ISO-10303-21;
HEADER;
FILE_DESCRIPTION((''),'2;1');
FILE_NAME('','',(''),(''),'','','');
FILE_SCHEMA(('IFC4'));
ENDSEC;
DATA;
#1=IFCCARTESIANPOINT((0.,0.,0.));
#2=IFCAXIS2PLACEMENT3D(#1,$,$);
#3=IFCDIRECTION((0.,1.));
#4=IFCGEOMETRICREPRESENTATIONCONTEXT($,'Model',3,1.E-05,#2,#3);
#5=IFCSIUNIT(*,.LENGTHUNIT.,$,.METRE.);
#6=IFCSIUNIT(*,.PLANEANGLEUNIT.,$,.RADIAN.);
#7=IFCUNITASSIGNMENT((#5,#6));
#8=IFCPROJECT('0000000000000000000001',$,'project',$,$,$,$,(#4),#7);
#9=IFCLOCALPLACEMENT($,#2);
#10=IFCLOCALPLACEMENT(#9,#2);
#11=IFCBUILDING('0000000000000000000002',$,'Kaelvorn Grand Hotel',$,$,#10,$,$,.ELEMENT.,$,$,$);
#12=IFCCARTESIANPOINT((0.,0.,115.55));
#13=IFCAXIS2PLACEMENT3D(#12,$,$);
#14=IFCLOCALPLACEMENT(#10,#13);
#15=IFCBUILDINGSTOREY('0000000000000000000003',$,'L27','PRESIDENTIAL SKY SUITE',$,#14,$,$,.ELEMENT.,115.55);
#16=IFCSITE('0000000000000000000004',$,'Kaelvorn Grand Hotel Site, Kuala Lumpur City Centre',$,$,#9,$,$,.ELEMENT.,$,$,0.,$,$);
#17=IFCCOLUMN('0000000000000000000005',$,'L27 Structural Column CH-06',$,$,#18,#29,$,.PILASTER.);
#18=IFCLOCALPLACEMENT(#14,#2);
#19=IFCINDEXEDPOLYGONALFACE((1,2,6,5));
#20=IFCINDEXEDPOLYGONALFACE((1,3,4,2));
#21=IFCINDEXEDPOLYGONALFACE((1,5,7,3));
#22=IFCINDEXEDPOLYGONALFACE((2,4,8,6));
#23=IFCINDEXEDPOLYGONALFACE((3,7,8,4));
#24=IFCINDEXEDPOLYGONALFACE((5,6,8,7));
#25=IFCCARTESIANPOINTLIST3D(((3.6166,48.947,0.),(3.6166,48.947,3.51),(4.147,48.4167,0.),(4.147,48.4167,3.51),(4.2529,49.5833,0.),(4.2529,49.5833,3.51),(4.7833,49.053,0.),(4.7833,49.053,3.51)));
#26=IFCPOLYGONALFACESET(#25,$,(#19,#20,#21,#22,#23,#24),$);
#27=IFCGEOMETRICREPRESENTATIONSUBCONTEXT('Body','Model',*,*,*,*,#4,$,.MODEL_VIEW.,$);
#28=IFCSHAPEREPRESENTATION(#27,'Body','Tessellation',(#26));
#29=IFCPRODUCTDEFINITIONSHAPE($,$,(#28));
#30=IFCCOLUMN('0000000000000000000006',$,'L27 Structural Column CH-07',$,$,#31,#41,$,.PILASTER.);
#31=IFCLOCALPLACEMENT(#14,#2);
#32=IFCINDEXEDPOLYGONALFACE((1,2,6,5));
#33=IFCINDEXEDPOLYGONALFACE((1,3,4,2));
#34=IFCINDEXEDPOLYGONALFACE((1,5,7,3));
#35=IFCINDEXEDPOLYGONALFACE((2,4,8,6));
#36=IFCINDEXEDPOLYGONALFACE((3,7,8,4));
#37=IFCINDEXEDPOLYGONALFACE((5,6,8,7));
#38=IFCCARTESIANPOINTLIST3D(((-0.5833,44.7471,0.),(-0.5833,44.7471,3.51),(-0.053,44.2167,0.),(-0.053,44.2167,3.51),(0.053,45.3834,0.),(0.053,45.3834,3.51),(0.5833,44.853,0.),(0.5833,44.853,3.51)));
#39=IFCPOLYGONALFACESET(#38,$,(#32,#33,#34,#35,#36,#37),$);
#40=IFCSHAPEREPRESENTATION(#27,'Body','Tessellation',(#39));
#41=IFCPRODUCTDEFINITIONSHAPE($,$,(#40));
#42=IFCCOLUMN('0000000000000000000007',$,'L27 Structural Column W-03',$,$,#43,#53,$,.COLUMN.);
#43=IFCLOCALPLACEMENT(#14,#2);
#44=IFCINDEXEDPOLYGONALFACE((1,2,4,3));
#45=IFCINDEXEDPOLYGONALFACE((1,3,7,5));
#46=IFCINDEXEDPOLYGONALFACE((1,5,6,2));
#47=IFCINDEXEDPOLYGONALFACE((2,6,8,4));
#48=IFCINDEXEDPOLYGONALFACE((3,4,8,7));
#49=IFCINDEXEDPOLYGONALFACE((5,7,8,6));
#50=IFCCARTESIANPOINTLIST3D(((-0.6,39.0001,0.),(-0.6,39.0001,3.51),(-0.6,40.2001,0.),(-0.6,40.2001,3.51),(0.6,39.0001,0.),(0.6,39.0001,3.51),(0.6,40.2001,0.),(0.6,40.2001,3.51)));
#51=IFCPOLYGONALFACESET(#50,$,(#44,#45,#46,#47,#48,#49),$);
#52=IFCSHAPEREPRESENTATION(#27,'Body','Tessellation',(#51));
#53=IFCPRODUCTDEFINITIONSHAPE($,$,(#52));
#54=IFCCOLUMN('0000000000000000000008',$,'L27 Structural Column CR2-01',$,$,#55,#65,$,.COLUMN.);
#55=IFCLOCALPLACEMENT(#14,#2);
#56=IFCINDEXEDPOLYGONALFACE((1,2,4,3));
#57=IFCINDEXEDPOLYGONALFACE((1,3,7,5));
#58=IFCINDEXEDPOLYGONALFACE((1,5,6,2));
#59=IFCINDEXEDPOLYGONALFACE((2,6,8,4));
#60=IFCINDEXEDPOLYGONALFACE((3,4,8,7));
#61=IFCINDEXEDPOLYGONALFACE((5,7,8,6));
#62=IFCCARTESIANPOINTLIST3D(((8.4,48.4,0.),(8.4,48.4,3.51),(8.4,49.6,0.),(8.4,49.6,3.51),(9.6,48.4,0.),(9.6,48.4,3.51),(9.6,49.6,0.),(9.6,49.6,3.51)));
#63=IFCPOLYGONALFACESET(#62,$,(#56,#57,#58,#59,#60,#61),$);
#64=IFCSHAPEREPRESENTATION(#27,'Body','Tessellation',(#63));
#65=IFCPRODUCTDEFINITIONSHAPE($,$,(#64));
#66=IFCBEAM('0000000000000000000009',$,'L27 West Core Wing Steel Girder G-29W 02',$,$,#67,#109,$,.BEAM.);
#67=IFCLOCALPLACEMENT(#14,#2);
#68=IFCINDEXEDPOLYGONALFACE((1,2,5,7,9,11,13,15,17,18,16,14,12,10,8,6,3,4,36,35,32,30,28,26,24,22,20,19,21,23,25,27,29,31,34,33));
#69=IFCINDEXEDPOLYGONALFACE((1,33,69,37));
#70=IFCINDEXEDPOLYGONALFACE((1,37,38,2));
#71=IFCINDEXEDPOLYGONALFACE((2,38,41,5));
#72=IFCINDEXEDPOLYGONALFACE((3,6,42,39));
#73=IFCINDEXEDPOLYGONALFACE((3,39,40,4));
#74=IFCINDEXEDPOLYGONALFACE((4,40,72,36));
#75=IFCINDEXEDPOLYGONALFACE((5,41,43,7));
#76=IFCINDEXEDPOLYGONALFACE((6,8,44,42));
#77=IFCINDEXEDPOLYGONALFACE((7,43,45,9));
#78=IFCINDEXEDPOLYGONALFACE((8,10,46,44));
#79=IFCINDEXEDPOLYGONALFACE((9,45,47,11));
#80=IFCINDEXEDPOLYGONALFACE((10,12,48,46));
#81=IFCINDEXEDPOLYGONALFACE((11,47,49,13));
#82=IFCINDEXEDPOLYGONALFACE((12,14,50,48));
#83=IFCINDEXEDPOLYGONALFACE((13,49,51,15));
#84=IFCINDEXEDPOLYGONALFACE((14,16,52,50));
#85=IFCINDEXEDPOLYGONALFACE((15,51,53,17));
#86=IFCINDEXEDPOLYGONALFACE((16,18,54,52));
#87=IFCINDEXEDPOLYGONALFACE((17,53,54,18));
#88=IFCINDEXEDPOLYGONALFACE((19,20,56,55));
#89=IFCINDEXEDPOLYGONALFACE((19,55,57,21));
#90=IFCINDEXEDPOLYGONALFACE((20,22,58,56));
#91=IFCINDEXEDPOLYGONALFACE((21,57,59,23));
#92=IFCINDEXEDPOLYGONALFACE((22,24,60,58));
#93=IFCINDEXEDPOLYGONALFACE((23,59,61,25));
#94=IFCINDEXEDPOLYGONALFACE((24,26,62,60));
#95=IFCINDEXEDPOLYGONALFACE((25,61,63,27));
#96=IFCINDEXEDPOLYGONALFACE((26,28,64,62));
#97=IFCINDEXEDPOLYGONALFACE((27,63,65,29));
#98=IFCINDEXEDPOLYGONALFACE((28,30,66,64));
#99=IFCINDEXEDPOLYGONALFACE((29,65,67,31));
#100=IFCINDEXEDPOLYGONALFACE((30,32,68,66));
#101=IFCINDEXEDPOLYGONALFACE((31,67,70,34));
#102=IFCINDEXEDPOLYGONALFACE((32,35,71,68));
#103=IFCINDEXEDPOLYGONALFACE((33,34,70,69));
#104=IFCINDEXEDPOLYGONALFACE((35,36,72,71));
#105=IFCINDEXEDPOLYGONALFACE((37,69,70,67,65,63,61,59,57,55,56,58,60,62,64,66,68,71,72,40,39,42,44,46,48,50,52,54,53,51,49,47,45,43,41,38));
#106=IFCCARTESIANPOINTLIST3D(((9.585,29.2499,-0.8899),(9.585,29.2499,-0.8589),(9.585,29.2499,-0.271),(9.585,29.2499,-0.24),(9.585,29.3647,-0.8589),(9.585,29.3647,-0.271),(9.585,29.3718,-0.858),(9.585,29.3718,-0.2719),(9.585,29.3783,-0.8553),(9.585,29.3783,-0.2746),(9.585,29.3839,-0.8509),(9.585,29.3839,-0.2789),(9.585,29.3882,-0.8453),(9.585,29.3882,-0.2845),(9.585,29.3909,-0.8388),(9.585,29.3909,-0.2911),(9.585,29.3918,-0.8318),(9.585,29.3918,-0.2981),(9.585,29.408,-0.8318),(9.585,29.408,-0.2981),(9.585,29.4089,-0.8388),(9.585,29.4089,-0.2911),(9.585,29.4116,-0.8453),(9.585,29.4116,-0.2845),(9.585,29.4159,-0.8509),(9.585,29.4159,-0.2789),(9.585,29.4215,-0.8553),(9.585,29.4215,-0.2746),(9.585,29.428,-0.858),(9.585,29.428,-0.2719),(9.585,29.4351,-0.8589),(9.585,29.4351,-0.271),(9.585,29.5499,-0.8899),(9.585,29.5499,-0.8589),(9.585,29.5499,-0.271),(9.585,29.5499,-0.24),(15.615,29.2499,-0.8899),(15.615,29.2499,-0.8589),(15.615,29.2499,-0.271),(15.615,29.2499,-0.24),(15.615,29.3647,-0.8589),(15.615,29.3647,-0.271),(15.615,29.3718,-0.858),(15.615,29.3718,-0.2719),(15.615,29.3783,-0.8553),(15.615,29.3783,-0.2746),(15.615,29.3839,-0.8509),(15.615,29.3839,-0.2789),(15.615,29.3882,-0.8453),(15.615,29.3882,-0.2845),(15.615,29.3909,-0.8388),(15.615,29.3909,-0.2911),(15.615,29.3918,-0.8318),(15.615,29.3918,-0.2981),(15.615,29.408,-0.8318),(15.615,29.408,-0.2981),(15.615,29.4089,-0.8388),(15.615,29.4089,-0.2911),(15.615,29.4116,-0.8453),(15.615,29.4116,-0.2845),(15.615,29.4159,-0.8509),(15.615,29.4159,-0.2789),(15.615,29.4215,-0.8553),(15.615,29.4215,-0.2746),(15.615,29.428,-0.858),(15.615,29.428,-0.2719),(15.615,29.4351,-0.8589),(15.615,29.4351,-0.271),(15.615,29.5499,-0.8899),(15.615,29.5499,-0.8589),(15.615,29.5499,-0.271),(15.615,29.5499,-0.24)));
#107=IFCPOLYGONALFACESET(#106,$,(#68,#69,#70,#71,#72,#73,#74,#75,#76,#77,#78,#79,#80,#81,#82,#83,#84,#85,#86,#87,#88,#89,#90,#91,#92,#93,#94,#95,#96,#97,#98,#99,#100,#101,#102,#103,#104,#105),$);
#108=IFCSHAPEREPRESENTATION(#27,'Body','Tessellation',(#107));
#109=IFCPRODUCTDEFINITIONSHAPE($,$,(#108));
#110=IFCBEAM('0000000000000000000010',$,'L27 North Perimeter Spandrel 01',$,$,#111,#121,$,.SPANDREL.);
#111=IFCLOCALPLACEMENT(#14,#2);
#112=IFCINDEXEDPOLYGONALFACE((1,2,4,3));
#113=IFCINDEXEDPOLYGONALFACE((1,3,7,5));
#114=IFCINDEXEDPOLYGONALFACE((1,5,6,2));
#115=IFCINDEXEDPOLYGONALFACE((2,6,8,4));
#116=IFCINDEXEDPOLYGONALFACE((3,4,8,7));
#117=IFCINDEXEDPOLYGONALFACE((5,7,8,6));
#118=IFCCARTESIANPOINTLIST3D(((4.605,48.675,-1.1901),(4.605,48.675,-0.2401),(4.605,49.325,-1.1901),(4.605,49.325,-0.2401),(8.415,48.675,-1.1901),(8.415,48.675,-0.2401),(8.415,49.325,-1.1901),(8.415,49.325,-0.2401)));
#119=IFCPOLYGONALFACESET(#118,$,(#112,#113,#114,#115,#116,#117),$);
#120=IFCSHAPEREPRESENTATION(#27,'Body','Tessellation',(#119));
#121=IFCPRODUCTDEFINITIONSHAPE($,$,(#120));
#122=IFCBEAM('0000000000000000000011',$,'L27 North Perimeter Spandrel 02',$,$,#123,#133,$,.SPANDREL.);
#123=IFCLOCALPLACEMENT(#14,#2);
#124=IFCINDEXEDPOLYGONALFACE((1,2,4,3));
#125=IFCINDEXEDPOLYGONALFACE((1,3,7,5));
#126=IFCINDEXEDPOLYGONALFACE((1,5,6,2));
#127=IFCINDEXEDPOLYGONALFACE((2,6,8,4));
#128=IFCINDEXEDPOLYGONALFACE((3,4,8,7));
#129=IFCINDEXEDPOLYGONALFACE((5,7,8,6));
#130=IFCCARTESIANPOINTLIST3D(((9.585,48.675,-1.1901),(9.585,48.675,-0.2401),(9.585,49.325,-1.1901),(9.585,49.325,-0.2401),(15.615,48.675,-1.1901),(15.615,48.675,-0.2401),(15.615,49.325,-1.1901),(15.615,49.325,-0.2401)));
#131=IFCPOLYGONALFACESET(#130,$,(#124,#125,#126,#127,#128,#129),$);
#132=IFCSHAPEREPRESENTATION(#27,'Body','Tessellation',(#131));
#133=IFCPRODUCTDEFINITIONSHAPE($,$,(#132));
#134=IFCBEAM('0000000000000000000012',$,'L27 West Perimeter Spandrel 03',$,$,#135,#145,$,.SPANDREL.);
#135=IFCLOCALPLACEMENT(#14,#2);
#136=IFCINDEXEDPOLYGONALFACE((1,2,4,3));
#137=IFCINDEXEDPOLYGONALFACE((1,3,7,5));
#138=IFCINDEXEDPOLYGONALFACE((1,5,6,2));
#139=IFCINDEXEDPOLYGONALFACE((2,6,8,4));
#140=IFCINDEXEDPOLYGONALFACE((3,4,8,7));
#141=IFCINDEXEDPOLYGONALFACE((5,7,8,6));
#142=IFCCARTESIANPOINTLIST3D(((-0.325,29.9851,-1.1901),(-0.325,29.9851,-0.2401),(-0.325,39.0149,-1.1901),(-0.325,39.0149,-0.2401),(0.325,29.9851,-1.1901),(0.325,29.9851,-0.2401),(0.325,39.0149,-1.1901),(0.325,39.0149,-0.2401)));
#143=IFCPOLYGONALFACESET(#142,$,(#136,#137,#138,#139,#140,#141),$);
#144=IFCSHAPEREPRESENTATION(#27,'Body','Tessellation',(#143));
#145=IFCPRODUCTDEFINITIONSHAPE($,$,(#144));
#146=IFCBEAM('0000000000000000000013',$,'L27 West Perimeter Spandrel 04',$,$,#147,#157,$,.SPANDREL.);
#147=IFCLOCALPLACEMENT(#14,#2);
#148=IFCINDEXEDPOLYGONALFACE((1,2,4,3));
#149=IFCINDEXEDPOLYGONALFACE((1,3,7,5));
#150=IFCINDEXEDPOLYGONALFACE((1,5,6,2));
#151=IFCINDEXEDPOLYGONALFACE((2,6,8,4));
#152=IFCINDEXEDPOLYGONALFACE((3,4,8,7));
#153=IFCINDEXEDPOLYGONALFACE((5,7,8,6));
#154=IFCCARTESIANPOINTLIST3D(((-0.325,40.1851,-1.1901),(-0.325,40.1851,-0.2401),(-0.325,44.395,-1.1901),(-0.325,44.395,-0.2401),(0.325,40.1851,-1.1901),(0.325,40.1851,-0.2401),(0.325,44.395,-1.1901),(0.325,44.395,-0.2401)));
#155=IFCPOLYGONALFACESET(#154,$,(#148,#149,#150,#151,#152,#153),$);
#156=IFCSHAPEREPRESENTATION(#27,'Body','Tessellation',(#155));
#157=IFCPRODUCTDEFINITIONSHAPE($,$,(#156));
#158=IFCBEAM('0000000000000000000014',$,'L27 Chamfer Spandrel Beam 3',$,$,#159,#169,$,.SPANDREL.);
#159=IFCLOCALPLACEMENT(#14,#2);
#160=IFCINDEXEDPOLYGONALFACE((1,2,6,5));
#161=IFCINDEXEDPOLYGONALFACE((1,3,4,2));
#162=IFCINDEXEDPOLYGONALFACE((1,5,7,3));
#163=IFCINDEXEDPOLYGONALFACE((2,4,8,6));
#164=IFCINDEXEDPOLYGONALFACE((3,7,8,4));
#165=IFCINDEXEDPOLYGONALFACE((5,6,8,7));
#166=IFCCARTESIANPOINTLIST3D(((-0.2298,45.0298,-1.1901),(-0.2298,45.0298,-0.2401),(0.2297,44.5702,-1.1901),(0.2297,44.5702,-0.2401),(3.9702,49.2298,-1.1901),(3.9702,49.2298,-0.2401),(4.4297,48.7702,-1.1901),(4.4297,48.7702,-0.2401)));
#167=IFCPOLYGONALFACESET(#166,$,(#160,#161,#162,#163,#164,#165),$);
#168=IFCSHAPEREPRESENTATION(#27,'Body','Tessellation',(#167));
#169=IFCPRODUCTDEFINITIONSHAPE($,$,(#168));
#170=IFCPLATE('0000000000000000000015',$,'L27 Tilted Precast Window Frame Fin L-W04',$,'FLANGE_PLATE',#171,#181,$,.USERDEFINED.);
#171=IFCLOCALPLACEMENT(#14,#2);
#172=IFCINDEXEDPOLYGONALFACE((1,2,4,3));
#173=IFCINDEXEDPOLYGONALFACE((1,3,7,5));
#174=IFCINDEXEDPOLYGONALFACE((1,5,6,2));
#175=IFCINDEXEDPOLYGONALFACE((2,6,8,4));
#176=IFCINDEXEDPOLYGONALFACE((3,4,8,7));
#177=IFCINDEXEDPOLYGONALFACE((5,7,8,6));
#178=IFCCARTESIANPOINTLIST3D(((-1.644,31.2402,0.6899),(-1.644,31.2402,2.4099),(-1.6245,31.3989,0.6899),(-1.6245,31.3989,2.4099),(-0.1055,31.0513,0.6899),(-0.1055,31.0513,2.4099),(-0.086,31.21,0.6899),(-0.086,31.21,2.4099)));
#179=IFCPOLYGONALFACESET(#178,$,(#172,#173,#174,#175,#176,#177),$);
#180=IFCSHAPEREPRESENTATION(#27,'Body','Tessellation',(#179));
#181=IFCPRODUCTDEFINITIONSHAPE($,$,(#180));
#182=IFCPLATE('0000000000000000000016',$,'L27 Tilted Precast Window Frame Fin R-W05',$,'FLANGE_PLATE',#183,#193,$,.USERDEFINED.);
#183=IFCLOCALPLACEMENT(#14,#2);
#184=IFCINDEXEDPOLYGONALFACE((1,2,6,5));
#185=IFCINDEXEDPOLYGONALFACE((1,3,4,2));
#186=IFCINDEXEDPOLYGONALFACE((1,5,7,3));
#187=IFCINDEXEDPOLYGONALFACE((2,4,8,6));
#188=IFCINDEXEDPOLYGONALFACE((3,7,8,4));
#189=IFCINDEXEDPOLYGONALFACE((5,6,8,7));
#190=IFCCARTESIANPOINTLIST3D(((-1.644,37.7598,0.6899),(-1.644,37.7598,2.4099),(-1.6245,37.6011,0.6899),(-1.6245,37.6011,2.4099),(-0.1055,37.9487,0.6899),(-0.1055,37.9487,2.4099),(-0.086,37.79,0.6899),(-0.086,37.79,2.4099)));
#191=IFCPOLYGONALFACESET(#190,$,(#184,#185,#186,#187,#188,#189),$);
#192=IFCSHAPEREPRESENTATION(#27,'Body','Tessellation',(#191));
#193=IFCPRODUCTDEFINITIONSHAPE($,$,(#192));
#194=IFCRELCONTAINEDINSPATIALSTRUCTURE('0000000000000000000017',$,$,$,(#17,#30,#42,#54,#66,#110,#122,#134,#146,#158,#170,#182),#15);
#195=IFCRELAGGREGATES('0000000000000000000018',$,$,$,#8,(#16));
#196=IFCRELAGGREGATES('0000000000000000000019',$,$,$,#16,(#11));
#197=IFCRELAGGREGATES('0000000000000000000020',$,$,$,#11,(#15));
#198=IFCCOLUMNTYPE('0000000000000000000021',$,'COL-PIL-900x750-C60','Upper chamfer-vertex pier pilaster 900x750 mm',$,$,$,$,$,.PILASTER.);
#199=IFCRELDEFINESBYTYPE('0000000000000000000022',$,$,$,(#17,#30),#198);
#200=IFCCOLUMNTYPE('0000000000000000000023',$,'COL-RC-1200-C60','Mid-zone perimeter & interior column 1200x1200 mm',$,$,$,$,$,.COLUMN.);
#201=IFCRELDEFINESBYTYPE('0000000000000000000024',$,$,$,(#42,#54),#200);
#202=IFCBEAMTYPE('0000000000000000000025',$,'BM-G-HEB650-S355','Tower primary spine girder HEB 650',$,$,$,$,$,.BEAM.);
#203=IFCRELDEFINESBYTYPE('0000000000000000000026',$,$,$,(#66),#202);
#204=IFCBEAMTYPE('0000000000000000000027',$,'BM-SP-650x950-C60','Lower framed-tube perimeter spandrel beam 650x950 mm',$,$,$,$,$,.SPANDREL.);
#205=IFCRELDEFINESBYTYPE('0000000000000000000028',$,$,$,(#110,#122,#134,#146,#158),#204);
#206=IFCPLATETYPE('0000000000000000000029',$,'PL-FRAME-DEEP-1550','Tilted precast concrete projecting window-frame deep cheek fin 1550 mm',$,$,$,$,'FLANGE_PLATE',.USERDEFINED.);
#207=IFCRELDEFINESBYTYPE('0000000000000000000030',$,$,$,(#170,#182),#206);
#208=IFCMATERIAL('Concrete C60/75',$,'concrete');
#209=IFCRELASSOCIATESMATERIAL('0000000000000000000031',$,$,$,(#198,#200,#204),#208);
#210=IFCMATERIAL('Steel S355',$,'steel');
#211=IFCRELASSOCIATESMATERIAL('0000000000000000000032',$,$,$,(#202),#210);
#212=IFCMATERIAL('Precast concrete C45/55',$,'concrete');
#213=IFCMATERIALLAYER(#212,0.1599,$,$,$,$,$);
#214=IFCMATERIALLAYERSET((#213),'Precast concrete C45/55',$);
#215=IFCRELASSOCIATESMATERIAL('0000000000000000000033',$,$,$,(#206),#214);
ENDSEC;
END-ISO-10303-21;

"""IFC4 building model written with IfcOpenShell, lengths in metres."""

from ifc_helpers import new_model, si_unit, direction, frame, origin, origin_2d, place, context, subcontext, project, spatial, rectangle, i_section, extrude, material, layer, layer_set, material_profile, profile_set, type_object, element, save


model = new_model("IFC4")

# Units and contexts
model_context = context("Model", 3, precision=1e-05, world=origin(), true_north=direction((0.0, 1.0)))
body_context = subcontext(model_context, "Body", "Model", "MODEL_VIEW")
ifc_project = project(units=[si_unit("LENGTHUNIT", "METRE"), si_unit("PLANEANGLEUNIT", "RADIAN")], contexts=[model_context])

# Site, building, storey
site_placement = place(None, origin())
site = spatial("IfcSite", under=ifc_project, at=site_placement, Name="Kaelvorn Grand Hotel Site, Kuala Lumpur City Centre", CompositionType="ELEMENT", RefElevation=0.0)
building_placement = place(site_placement, origin())
building = spatial("IfcBuilding", under=site, at=building_placement, Name="Kaelvorn Grand Hotel", CompositionType="ELEMENT")
storey_placement = place(building_placement, frame((0.0, 0.0, 115.55)))
storey = spatial("IfcBuildingStorey", under=building, at=storey_placement, Name="L27", Description="PRESIDENTIAL SKY SUITE", CompositionType="ELEMENT", Elevation=115.55)

# Columns
ifc_material_1 = material(Name="Concrete C60/75", Category="concrete")
ifc_material_profile_1 = material_profile(ifc_material_1, rectangle(XDim=0.8999, YDim=0.75, at=origin_2d()), Name="RC PILASTER 900x750")
ifc_profile_set_1 = profile_set([ifc_material_profile_1], Name="Concrete C60/75")
column_type_1 = type_object("IfcColumnType", Name="COL-PIL-900x750-C60", Description="Upper chamfer-vertex pier pilaster 900x750 mm", PredefinedType="PILASTER", material=ifc_profile_set_1)
for number, where, z_axis, x_axis, name in (
    (1, (4.2, 49.0, 0.0), (0.0, 0.0, 1.0), (0.707107, 0.707107, 0.0), "L27 Structural Column CH-06"),
    (2, (0.0, 44.8, 0.0), (0.0, 0.0, 1.0), (0.707107, 0.707107, 0.0), "L27 Structural Column CH-07"),
):
    element("IfcColumn", number, at=place(storey_placement, frame(where, z_axis=z_axis, x_axis=x_axis)), inside=storey, type_object=column_type_1, Name=name, PredefinedType="PILASTER", context=body_context, shape_type="SweptSolid", body=[
        extrude(rectangle(XDim=0.8999, YDim=0.75, at=origin_2d()), origin(), (0.0, 0.0, 1.0), 3.51),
    ])
ifc_material_profile_2 = material_profile(ifc_material_1, rectangle(XDim=1.2, YDim=1.2, at=origin_2d()), Name="RC COL 1200x1200")
ifc_profile_set_2 = profile_set([ifc_material_profile_2], Name="Concrete C60/75")
column_type_2 = type_object("IfcColumnType", Name="COL-RC-1200-C60", Description="Mid-zone perimeter & interior column 1200x1200 mm", PredefinedType="COLUMN", material=ifc_profile_set_2)
for number, where, z_axis, x_axis, name in (
    (3, (0.0, 39.6001, 0.0), (0.0, 0.0, 1.0), (1.0, 0.0, 0.0), "L27 Structural Column W-03"),
    (4, (9.0, 49.0, 0.0), (0.0, 0.0, 1.0), (1.0, 0.0, 0.0), "L27 Structural Column CR2-01"),
):
    element("IfcColumn", number, at=place(storey_placement, frame(where, z_axis=z_axis, x_axis=x_axis)), inside=storey, type_object=column_type_2, Name=name, PredefinedType="COLUMN", context=body_context, shape_type="SweptSolid", body=[
        extrude(rectangle(XDim=1.2, YDim=1.2, at=origin_2d()), origin(), (0.0, 0.0, 1.0), 3.51),
    ])

# Beams
ifc_material_2 = material(Name="Steel S355", Category="steel")
ifc_material_profile_3 = material_profile(ifc_material_2, i_section(OverallWidth=0.3, OverallDepth=0.6499, WebThickness=0.0161, FlangeThickness=0.031, FilletRadius=0.0271, at=origin_2d()), Name="HEB 650")
ifc_profile_set_3 = profile_set([ifc_material_profile_3], Name="Steel S355")
beam_type_1 = type_object("IfcBeamType", Name="BM-G-HEB650-S355", Description="Tower primary spine girder HEB 650", PredefinedType="BEAM", material=ifc_profile_set_3)
beam_1_placement = place(storey_placement, frame((9.585, 29.3999, -0.5649), z_axis=(1.0, 0.0, 0.0), x_axis=(0.0, 1.0, 0.0)))
element("IfcBeam", 5, at=beam_1_placement, inside=storey, type_object=beam_type_1, Name="L27 West Core Wing Steel Girder G-29W 02", PredefinedType="BEAM", context=body_context, shape_type="SweptSolid", body=[
    extrude(i_section(OverallWidth=0.3, OverallDepth=0.6499, WebThickness=0.0161, FlangeThickness=0.031, FilletRadius=0.0271, at=origin_2d()), origin(), (0.0, 0.0, 1.0), 6.03),
])
ifc_material_profile_4 = material_profile(ifc_material_1, rectangle(XDim=0.6499, YDim=0.95, at=origin_2d()), Name="RC SPANDREL 650x950")
ifc_profile_set_4 = profile_set([ifc_material_profile_4], Name="Concrete C60/75")
beam_type_2 = type_object("IfcBeamType", Name="BM-SP-650x950-C60", Description="Lower framed-tube perimeter spandrel beam 650x950 mm", PredefinedType="SPANDREL", material=ifc_profile_set_4)
beam_2_placement = place(storey_placement, frame((4.605, 49.0, -0.7151), z_axis=(1.0, 0.0, 0.0), x_axis=(0.0, 1.0, 0.0)))
element("IfcBeam", 6, at=beam_2_placement, inside=storey, type_object=beam_type_2, Name="L27 North Perimeter Spandrel 01", PredefinedType="SPANDREL", context=body_context, shape_type="SweptSolid", body=[
    extrude(rectangle(XDim=0.6499, YDim=0.95, at=origin_2d()), origin(), (0.0, 0.0, 1.0), 3.8101),
])
beam_3_placement = place(storey_placement, frame((9.585, 49.0, -0.7151), z_axis=(1.0, 0.0, 0.0), x_axis=(0.0, 1.0, 0.0)))
element("IfcBeam", 7, at=beam_3_placement, inside=storey, type_object=beam_type_2, Name="L27 North Perimeter Spandrel 02", PredefinedType="SPANDREL", context=body_context, shape_type="SweptSolid", body=[
    extrude(rectangle(XDim=0.6499, YDim=0.95, at=origin_2d()), origin(), (0.0, 0.0, 1.0), 6.03),
])
beam_4_placement = place(storey_placement, frame((0.0, 29.9851, -0.7151), z_axis=(0.0, 1.0, 0.0), x_axis=(-1.0, 0.0, 0.0)))
element("IfcBeam", 8, at=beam_4_placement, inside=storey, type_object=beam_type_2, Name="L27 West Perimeter Spandrel 03", PredefinedType="SPANDREL", context=body_context, shape_type="SweptSolid", body=[
    extrude(rectangle(XDim=0.6499, YDim=0.95, at=origin_2d()), origin(), (0.0, 0.0, 1.0), 9.0298),
])
beam_5_placement = place(storey_placement, frame((0.0, 40.1851, -0.7151), z_axis=(0.0, 1.0, 0.0), x_axis=(-1.0, 0.0, 0.0)))
element("IfcBeam", 9, at=beam_5_placement, inside=storey, type_object=beam_type_2, Name="L27 West Perimeter Spandrel 04", PredefinedType="SPANDREL", context=body_context, shape_type="SweptSolid", body=[
    extrude(rectangle(XDim=0.6499, YDim=0.95, at=origin_2d()), origin(), (0.0, 0.0, 1.0), 4.21),
])
beam_6_placement = place(storey_placement, frame((4.2, 49.0, -0.7151), z_axis=(-0.707107, -0.707107, 0.0), x_axis=(0.707107, -0.707107, 0.0)))
element("IfcBeam", 10, at=beam_6_placement, inside=storey, type_object=beam_type_2, Name="L27 Chamfer Spandrel Beam 3", PredefinedType="SPANDREL", context=body_context, shape_type="SweptSolid", body=[
    extrude(rectangle(XDim=0.6499, YDim=0.95, at=origin_2d()), origin(), (0.0, 0.0, 1.0), 5.9397),
])

# Plates
ifc_material_3 = material(Name="Precast concrete C45/55", Category="concrete")
ifc_layer_1 = layer(ifc_material_3, 0.1599)
ifc_layer_set_1 = layer_set([ifc_layer_1], Name="Precast concrete C45/55")
plate_type_1 = type_object("IfcPlateType", Name="PL-FRAME-DEEP-1550", Description="Tilted precast concrete projecting window-frame deep cheek fin 1550 mm", ElementType="FLANGE_PLATE", PredefinedType="USERDEFINED", material=ifc_layer_set_1)
for number, where, z_axis, x_axis, name in (
    (11, (-0.865, 31.2251, 0.6899), (0.0, 0.0, 1.0), (0.121869, 0.992546, 0.0), "L27 Tilted Precast Window Frame Fin L-W04"),
    (12, (-0.865, 37.7749, 0.6899), (0.0, 0.0, 1.0), (-0.121869, 0.992546, 0.0), "L27 Tilted Precast Window Frame Fin R-W05"),
):
    element("IfcPlate", number, at=place(storey_placement, frame(where, z_axis=z_axis, x_axis=x_axis)), inside=storey, type_object=plate_type_1, Name=name, ObjectType="FLANGE_PLATE", PredefinedType="USERDEFINED", context=body_context, shape_type="SweptSolid", body=[
        extrude(rectangle(XDim=0.1599, YDim=1.55, at=origin_2d()), origin(), (0.0, 0.0, 1.0), 1.72),
    ])

save(model, "model.ifc")
